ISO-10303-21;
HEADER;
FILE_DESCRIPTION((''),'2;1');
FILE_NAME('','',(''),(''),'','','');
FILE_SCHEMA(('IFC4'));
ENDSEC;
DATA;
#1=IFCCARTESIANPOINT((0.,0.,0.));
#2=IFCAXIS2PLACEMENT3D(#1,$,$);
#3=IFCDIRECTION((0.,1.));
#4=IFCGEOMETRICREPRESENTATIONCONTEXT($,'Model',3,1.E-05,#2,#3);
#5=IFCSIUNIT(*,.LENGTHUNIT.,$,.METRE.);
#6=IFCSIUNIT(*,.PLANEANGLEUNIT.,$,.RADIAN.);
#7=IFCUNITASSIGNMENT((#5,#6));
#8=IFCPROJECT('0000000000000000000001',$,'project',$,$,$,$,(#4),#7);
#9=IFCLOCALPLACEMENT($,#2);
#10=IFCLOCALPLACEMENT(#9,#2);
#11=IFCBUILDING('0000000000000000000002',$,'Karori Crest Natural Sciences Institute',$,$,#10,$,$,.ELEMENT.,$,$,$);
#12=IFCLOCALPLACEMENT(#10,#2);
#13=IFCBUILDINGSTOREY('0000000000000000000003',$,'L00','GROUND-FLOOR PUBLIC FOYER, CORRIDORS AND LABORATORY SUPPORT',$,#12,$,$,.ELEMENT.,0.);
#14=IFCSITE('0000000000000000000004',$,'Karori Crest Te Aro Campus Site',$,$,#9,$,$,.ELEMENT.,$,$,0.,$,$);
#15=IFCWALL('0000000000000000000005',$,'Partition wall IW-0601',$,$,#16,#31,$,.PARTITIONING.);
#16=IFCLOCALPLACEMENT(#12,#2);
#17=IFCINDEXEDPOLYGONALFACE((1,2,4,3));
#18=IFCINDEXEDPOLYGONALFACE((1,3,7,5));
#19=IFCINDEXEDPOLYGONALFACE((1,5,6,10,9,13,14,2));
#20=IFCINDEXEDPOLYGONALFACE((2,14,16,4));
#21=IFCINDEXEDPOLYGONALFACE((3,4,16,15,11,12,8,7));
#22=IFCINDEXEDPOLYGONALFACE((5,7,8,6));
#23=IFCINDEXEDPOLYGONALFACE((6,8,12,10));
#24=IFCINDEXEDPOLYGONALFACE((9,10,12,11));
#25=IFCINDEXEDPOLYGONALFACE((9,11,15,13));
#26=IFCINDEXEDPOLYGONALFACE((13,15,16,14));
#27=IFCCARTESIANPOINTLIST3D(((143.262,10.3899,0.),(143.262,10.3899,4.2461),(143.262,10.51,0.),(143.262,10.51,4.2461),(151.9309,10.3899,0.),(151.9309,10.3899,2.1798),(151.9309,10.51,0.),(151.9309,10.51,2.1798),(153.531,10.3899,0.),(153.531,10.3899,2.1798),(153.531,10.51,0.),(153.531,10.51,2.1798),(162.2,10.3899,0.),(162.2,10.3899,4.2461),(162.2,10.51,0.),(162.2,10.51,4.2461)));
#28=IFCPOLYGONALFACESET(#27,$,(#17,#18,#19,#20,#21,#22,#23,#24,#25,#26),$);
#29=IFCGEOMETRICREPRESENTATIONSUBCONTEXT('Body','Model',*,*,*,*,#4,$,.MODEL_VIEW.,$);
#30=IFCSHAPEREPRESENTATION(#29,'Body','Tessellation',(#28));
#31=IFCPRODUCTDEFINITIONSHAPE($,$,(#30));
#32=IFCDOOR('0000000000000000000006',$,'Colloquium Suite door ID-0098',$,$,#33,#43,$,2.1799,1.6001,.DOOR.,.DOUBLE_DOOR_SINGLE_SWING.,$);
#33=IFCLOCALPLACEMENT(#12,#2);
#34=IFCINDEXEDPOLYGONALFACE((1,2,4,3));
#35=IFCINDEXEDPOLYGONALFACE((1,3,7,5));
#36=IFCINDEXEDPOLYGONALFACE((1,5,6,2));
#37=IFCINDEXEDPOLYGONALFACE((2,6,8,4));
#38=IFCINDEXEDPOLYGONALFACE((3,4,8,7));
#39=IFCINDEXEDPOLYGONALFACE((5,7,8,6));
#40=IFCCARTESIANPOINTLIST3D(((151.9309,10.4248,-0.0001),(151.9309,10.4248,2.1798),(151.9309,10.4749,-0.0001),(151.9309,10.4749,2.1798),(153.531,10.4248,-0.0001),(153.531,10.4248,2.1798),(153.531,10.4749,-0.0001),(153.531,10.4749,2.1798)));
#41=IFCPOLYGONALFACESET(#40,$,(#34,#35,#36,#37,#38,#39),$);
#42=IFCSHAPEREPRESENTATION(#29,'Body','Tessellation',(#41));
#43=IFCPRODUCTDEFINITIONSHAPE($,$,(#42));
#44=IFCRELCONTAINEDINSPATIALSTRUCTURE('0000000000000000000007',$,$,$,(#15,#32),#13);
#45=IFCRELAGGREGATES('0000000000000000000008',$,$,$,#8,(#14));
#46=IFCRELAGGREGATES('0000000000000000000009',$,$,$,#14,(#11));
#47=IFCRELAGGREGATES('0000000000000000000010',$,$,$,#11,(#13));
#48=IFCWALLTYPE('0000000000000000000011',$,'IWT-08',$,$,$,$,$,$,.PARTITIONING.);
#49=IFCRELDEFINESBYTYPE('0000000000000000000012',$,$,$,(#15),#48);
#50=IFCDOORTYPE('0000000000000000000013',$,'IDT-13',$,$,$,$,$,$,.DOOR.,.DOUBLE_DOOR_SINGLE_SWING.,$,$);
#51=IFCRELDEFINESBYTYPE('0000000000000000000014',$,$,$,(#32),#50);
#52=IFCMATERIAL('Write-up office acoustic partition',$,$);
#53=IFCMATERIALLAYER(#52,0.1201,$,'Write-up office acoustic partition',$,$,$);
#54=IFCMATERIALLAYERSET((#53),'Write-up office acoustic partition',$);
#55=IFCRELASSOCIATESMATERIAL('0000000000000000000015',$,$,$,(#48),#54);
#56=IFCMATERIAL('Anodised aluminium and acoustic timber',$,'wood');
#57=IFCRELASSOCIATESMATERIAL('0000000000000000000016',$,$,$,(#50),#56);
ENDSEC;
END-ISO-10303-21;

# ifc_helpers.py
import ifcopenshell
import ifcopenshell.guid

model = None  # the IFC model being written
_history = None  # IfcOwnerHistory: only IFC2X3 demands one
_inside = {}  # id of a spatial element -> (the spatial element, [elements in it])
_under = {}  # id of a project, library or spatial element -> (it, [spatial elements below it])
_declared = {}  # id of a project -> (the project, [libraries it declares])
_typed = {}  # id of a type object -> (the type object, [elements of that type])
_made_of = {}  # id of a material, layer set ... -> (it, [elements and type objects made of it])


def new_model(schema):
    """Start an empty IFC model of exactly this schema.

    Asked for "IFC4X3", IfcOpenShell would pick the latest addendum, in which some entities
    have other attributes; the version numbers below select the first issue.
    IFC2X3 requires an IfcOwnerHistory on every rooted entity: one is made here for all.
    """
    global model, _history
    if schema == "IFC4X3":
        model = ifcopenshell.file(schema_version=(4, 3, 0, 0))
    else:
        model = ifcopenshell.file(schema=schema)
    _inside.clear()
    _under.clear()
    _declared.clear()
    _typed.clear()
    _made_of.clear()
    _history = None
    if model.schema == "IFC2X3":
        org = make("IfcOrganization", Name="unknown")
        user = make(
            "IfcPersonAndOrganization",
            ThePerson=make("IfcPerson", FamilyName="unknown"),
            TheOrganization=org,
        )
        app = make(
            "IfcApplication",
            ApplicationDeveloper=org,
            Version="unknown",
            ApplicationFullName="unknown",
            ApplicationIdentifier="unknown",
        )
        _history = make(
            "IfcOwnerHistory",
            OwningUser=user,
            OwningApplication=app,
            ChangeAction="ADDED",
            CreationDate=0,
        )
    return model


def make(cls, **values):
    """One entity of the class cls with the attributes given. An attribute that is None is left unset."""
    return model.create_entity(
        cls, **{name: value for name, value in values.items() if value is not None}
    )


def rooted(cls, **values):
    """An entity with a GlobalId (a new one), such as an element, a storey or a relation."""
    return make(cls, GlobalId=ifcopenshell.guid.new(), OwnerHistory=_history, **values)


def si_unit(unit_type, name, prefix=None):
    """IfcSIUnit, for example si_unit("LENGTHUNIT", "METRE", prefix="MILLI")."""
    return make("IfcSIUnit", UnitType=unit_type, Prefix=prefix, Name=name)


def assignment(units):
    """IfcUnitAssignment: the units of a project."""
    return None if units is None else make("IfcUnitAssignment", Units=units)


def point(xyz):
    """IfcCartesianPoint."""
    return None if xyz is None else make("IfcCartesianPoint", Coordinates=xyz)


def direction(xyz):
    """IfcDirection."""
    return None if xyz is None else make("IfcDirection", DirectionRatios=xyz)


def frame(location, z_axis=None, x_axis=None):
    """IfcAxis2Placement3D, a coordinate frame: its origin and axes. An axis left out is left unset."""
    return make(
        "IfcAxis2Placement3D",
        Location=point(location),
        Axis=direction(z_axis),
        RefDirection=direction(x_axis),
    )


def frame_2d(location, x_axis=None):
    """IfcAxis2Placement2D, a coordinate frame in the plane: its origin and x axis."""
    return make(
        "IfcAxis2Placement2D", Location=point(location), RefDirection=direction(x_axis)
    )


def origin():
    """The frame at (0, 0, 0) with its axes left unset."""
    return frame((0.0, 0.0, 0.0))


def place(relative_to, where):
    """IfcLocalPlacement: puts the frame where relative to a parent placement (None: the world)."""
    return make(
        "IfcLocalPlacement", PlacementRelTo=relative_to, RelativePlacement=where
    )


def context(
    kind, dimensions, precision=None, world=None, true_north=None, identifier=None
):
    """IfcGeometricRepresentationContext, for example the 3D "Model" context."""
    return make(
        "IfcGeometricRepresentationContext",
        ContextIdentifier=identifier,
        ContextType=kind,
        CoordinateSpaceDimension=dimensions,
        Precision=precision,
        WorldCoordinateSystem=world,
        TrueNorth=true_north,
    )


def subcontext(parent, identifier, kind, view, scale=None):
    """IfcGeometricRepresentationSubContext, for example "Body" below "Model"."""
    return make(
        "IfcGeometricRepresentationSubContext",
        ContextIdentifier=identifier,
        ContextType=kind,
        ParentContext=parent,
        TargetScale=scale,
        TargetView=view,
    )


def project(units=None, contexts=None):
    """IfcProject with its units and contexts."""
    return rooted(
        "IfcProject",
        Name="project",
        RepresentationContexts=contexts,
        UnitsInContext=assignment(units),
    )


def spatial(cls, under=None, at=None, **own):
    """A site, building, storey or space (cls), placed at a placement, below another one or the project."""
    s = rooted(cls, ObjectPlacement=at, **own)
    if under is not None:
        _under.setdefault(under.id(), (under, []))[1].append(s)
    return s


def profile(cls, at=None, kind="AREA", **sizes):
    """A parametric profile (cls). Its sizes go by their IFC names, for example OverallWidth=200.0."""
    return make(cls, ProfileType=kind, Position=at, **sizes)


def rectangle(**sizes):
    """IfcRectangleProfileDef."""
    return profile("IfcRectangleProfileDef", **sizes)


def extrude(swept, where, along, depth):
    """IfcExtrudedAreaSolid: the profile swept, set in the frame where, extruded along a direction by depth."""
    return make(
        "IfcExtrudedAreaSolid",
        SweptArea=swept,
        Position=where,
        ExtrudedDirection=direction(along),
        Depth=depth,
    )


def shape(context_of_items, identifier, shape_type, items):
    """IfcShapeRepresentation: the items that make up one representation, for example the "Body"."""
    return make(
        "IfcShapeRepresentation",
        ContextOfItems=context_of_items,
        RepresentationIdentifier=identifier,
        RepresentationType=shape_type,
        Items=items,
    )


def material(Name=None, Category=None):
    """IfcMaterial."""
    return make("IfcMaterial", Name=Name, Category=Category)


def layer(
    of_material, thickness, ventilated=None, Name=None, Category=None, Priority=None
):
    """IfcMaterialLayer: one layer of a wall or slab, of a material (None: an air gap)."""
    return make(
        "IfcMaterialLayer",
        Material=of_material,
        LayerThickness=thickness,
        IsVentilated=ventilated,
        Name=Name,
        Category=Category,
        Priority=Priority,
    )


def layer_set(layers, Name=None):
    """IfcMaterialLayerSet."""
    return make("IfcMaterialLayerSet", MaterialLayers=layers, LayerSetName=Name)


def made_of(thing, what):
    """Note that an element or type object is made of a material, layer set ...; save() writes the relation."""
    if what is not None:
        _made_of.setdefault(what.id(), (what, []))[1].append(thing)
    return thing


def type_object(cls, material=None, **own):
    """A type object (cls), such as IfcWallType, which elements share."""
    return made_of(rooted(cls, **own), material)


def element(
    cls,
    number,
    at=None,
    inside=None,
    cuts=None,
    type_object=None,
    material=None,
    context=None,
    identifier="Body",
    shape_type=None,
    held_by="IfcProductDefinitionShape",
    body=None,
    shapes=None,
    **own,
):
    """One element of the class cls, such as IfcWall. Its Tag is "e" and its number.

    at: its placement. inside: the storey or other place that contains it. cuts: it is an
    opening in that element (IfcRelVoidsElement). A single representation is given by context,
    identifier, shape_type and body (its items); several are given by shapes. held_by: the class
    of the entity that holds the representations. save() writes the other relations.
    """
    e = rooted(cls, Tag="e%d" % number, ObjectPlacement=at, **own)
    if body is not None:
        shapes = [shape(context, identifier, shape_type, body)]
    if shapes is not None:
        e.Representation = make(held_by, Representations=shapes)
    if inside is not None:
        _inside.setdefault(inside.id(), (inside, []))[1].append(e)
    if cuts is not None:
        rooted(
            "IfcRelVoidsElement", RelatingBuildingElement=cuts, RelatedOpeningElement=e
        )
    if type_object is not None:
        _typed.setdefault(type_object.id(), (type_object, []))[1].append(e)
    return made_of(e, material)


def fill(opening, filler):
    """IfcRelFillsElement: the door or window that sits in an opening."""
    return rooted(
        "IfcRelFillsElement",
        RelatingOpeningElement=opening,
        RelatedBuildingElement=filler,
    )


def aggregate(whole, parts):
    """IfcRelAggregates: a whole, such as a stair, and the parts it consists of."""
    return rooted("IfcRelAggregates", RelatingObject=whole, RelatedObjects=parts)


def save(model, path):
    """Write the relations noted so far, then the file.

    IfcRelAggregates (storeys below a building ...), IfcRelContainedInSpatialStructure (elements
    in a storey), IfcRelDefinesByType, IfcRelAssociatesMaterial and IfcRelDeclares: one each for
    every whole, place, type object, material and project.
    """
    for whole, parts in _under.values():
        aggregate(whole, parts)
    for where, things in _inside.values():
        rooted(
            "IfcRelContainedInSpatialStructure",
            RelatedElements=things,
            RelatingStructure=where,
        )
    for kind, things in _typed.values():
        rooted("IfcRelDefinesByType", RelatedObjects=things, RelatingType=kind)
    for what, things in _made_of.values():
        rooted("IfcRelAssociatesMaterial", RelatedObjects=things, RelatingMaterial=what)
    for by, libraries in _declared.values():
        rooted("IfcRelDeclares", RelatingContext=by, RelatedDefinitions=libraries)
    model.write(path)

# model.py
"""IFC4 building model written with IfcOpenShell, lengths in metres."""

from ifc_helpers import new_model, si_unit, direction, frame, frame_2d, origin, place, context, subcontext, project, spatial, rectangle, extrude, material, layer, layer_set, type_object, element, fill, save


model = new_model("IFC4")

# Units and contexts
model_context = context("Model", 3, precision=1e-05, world=origin(), true_north=direction((0.0, 1.0)))
body_context = subcontext(model_context, "Body", "Model", "MODEL_VIEW")
ifc_project = project(units=[si_unit("LENGTHUNIT", "METRE"), si_unit("PLANEANGLEUNIT", "RADIAN")], contexts=[model_context])

# Site, building, storey
site_placement = place(None, origin())
site = spatial("IfcSite", under=ifc_project, at=site_placement, Name="Karori Crest Te Aro Campus Site", CompositionType="ELEMENT", RefElevation=0.0)
building_placement = place(site_placement, origin())
building = spatial("IfcBuilding", under=site, at=building_placement, Name="Karori Crest Natural Sciences Institute", CompositionType="ELEMENT")
storey_placement = place(building_placement, origin())
storey = spatial("IfcBuildingStorey", under=building, at=storey_placement, Name="L00", Description="GROUND-FLOOR PUBLIC FOYER, CORRIDORS AND LABORATORY SUPPORT", CompositionType="ELEMENT", Elevation=0.0)

# Shared definitions
ifc_material_1 = material(Name="Write-up office acoustic partition")
ifc_layer_1 = layer(ifc_material_1, 0.1201, Name="Write-up office acoustic partition")
ifc_layer_set_1 = layer_set([ifc_layer_1], Name="Write-up office acoustic partition")
wall_type = type_object("IfcWallType", Name="IWT-08", PredefinedType="PARTITIONING", material=ifc_layer_set_1)

# Wall, opening, door
wall_1_placement = place(storey_placement, frame((143.262, 10.45, 0.0), z_axis=(0.0, 0.0, 1.0), x_axis=(1.0, 0.0, 0.0)))
wall_1 = element("IfcWall", 1, at=wall_1_placement, inside=storey, type_object=wall_type, Name="Partition wall IW-0601", PredefinedType="PARTITIONING", context=body_context, shape_type="SweptSolid", body=[
    extrude(rectangle(XDim=18.938, YDim=0.1201, at=frame_2d((9.469, 0.0))), origin(), (0.0, 0.0, 1.0), 4.2461),
])
opening_placement = place(wall_1_placement, frame((8.6689, 0.0, 0.0)))
opening = element("IfcOpeningElement", 2, at=opening_placement, cuts=wall_1, PredefinedType="OPENING", context=body_context, shape_type="SweptSolid", body=[
    extrude(rectangle(XDim=1.6001, YDim=2.1799, at=frame_2d((0.8, 1.0898))), frame((0.0, 0.0701, 0.0), z_axis=(0.0, -1.0, 0.0), x_axis=(1.0, 0.0, 0.0)), (0.0, 0.0, 1.0), 0.1401),
])
ifc_material_2 = material(Name="Anodised aluminium and acoustic timber", Category="wood")
door_type = type_object("IfcDoorType", Name="IDT-13", OperationType="DOUBLE_DOOR_SINGLE_SWING", PredefinedType="DOOR", material=ifc_material_2)
door_placement = place(opening_placement, origin())
door = element("IfcDoor", 3, at=door_placement, inside=storey, type_object=door_type, Name="Colloquium Suite door ID-0098", OperationType="DOUBLE_DOOR_SINGLE_SWING", OverallHeight=2.1799, OverallWidth=1.6001, PredefinedType="DOOR", context=body_context, shape_type="SweptSolid", body=[
    extrude(rectangle(XDim=1.6001, YDim=2.1799, at=frame_2d((0.8, 1.0898))), frame((0.0, 0.0249, 0.0), z_axis=(0.0, -1.0, 0.0), x_axis=(1.0, 0.0, 0.0)), (0.0, 0.0, 1.0), 0.05),
])
fill(opening, door)

save(model, "model.ifc")
